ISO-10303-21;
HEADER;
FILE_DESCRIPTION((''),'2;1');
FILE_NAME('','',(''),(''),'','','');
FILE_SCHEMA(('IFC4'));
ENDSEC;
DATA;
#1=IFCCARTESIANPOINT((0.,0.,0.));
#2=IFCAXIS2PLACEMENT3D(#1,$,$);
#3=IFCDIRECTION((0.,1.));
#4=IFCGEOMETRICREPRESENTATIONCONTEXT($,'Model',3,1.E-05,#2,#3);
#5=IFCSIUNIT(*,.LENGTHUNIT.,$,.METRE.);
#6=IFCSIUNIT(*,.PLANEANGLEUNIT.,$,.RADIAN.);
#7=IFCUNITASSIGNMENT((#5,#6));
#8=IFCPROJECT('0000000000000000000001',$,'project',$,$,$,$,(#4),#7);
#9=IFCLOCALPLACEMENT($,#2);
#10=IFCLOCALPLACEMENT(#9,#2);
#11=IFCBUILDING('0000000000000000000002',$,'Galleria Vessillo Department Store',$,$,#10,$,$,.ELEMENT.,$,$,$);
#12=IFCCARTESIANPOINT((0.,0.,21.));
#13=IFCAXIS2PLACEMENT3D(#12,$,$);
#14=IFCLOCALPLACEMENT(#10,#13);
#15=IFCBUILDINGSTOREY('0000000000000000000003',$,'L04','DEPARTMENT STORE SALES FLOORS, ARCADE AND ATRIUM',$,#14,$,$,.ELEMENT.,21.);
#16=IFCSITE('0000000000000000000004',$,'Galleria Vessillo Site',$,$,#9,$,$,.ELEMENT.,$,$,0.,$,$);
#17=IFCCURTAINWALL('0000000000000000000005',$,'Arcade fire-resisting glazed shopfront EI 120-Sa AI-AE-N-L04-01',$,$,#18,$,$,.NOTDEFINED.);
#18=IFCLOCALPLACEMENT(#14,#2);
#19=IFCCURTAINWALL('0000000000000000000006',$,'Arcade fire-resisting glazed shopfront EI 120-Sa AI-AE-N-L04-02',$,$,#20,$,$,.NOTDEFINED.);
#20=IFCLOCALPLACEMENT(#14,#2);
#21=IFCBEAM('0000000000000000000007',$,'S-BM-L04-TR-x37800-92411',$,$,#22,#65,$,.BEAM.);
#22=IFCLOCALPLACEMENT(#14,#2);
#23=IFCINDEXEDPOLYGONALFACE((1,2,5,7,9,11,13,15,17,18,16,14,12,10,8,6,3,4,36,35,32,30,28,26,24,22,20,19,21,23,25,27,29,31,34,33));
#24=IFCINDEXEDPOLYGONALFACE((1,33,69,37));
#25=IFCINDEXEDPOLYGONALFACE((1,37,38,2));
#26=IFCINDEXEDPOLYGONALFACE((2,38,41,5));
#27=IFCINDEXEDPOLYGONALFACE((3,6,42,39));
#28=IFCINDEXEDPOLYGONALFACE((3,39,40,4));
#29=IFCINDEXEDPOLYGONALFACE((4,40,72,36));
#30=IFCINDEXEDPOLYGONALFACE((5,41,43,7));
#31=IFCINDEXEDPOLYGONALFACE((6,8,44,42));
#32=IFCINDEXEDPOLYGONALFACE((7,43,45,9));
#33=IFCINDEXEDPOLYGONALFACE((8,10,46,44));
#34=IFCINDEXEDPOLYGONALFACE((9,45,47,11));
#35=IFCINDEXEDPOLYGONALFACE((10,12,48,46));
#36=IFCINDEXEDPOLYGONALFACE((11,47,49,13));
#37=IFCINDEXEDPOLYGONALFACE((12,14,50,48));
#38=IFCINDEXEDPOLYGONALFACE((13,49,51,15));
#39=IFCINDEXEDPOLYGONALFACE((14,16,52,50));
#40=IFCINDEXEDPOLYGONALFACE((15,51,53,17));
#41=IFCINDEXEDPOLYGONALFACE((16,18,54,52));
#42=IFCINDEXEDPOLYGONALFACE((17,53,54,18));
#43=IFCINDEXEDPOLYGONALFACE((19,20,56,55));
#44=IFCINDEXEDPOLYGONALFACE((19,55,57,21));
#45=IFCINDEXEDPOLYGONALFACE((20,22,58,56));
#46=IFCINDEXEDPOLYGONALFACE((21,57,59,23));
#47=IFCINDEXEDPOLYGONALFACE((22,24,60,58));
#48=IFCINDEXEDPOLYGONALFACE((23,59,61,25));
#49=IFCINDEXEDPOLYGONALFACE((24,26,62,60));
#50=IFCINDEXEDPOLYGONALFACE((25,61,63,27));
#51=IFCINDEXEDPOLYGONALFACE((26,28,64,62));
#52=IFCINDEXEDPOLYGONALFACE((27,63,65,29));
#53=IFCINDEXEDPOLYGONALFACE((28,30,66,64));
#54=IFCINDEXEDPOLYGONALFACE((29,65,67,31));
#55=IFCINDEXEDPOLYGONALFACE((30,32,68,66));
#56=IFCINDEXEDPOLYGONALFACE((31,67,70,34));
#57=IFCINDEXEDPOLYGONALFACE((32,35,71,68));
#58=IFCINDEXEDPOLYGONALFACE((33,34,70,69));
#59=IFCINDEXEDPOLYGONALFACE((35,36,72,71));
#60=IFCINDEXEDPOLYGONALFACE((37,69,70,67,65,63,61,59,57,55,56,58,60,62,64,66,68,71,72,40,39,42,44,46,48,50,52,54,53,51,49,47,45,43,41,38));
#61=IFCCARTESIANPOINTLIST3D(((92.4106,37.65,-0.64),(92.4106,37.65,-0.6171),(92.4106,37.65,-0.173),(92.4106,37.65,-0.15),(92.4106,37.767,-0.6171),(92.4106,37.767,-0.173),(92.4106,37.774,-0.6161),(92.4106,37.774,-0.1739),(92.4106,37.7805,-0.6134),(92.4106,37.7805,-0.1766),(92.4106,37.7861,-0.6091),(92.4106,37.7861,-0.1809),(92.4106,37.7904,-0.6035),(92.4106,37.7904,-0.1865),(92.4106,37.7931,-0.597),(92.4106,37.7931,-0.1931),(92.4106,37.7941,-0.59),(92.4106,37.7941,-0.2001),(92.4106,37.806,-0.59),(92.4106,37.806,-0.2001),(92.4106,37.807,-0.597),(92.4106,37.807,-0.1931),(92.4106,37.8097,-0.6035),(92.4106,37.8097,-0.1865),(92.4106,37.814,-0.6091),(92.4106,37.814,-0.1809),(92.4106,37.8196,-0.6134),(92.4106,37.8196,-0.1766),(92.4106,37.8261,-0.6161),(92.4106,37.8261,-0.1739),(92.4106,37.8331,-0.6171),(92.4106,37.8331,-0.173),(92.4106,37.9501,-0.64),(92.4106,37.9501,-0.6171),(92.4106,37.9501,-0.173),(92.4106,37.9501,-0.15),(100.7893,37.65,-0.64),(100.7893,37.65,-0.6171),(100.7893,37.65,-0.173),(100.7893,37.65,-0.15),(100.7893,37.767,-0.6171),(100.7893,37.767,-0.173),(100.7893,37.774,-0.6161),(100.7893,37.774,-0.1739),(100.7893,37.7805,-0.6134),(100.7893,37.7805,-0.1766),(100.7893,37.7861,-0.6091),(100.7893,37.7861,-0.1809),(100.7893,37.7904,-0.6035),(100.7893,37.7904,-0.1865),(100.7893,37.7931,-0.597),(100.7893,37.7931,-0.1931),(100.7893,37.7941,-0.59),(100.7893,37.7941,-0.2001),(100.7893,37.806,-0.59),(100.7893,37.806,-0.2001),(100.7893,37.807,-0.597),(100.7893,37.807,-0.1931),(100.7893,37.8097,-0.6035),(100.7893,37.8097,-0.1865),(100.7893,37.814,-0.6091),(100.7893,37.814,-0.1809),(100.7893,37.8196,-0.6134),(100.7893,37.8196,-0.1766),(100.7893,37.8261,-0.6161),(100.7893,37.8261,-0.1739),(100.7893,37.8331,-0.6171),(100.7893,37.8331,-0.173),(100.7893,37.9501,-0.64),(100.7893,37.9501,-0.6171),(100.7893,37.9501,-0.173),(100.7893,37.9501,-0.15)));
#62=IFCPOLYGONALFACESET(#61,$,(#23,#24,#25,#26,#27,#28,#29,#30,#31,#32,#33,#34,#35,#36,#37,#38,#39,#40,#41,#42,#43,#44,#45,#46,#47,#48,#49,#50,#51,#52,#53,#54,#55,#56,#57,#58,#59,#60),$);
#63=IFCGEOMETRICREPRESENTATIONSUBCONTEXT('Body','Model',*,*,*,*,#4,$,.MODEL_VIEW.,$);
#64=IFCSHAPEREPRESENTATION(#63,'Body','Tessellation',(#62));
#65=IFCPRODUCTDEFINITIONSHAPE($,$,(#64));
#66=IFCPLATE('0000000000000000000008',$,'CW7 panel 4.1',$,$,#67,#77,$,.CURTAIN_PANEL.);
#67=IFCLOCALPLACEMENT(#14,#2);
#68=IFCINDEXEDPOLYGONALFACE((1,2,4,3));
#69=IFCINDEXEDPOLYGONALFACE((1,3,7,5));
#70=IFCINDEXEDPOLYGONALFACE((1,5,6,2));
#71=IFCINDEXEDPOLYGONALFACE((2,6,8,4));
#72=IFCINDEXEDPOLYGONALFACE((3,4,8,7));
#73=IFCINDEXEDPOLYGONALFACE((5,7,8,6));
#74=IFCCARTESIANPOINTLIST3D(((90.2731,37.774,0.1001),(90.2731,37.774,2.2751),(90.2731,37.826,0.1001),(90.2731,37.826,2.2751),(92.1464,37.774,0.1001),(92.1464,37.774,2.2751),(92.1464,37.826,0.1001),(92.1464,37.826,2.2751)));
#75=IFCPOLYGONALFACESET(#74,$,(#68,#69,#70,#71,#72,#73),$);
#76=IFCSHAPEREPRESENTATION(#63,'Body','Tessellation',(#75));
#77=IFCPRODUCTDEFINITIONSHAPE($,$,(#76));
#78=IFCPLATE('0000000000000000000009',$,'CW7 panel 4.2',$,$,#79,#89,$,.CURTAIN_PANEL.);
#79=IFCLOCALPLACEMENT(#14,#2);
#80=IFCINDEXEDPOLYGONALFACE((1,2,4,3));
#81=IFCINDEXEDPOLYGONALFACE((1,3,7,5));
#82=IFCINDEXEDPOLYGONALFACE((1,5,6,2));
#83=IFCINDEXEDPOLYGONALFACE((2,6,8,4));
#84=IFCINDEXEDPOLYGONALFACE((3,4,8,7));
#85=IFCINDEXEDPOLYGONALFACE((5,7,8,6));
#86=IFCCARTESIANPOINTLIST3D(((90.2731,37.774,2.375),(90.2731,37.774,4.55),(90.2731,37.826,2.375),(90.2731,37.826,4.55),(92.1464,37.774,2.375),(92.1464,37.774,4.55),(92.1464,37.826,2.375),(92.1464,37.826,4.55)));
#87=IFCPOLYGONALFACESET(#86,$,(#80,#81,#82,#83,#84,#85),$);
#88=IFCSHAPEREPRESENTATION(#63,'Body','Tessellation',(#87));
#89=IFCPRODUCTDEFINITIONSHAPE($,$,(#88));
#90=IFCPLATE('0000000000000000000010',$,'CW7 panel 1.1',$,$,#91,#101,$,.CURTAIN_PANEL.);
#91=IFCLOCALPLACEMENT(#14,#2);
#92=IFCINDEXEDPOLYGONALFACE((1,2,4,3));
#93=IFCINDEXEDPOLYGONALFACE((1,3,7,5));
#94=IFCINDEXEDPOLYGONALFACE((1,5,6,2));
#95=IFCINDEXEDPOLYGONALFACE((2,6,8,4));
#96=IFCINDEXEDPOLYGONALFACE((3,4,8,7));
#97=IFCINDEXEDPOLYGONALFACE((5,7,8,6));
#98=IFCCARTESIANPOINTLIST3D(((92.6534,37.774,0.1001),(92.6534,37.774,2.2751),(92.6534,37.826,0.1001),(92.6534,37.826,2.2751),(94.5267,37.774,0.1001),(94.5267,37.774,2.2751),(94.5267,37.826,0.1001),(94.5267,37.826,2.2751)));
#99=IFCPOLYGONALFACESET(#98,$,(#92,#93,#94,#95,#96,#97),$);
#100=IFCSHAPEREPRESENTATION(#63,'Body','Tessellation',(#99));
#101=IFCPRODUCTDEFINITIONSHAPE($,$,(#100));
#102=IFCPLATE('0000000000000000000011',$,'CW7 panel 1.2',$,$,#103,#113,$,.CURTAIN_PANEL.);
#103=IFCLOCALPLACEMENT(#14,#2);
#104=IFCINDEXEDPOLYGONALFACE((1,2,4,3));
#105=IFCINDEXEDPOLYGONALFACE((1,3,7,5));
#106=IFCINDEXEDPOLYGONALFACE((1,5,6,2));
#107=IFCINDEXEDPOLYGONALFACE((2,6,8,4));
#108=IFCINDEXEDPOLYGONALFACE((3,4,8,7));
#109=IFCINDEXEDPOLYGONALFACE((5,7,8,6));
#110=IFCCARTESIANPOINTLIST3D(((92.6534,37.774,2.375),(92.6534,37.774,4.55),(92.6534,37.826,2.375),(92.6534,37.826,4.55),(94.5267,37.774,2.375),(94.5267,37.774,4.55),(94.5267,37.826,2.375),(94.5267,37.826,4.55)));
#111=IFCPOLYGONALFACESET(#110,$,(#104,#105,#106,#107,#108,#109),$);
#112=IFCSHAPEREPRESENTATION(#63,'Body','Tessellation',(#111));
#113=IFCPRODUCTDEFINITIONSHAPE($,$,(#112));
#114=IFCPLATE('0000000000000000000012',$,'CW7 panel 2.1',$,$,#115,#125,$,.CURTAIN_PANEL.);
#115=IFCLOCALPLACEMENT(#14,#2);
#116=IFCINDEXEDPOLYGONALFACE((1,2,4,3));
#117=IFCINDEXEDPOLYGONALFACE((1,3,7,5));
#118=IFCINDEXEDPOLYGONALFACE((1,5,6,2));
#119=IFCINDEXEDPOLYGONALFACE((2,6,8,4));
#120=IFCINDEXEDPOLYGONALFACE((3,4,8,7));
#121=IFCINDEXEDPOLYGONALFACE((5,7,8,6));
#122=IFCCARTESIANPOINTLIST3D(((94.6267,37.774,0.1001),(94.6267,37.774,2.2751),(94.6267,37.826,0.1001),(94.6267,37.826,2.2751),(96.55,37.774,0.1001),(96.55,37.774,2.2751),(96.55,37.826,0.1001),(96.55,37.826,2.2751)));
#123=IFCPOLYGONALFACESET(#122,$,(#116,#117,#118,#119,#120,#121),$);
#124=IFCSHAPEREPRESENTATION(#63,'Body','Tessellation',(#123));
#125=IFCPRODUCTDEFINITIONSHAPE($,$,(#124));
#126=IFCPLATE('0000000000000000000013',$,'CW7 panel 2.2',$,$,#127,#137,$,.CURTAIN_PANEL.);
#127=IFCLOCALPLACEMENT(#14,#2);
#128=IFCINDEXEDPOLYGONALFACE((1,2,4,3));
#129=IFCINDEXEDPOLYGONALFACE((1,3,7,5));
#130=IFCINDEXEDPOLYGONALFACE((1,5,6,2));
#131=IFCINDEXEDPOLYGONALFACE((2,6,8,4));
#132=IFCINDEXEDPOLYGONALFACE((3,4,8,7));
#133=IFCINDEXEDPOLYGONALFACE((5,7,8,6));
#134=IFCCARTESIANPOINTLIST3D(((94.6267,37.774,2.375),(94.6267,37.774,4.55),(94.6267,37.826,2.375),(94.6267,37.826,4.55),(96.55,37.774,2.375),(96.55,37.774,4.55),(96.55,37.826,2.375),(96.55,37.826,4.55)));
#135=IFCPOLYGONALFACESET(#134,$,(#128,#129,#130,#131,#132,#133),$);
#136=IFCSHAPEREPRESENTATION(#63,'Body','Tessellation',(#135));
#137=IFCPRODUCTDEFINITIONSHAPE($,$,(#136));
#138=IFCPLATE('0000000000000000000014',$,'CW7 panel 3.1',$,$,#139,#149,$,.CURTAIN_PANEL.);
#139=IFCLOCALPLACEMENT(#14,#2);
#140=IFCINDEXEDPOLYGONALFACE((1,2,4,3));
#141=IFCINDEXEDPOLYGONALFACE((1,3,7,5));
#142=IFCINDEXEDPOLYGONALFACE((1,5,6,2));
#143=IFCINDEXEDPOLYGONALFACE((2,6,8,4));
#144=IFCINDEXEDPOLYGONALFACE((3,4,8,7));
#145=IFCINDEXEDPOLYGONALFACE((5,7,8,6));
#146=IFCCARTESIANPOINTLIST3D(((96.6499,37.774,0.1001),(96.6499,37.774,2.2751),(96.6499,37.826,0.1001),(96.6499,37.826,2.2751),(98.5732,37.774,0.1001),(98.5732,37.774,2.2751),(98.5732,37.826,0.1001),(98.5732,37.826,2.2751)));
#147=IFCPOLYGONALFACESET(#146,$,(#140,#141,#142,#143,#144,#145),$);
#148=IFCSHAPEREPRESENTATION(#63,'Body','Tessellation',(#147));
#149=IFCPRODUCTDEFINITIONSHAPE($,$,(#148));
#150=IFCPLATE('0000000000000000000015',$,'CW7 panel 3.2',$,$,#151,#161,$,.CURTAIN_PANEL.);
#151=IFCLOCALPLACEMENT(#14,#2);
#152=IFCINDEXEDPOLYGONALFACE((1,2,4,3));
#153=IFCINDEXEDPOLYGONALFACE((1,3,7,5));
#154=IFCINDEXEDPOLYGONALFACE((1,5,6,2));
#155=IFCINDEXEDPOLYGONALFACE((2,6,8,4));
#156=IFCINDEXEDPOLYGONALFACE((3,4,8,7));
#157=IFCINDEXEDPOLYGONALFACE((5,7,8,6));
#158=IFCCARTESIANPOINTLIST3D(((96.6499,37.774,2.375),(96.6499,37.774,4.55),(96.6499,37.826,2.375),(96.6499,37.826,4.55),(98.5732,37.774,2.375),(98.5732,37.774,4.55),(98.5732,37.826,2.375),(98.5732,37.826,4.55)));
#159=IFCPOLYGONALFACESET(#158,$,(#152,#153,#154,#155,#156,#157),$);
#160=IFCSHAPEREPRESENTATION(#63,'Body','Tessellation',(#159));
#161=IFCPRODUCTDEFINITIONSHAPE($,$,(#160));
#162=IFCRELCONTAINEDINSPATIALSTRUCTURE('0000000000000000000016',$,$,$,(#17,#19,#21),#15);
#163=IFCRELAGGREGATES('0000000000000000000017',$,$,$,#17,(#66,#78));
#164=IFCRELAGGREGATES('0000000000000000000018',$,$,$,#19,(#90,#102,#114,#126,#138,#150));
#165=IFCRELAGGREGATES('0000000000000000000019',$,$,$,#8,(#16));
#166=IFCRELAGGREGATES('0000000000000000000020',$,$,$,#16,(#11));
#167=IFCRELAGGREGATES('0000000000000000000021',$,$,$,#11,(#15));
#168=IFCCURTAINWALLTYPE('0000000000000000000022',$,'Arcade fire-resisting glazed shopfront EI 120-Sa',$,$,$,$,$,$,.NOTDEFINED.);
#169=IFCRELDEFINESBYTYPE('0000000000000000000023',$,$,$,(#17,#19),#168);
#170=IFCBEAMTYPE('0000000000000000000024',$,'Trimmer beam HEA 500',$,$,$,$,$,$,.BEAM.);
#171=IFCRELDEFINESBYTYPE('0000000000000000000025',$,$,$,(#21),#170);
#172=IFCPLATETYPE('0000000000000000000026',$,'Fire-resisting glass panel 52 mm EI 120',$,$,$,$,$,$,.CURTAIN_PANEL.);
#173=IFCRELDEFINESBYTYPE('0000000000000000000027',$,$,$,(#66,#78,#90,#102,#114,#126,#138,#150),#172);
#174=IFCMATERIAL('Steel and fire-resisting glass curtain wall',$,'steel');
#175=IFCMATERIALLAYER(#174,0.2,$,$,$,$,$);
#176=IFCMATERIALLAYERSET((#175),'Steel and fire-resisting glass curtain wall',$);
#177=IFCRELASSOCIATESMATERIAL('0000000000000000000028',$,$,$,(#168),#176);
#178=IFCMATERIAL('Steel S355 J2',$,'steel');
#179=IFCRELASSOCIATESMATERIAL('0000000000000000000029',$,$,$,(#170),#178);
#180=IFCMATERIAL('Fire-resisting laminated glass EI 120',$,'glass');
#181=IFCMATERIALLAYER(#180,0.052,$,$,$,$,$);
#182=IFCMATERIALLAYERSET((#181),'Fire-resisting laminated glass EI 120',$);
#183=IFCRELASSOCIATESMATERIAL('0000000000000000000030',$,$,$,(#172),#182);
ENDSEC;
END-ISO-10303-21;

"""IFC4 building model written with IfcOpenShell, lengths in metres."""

from ifc_helpers import new_model, si_unit, direction, frame, origin, origin_2d, place, context, subcontext, project, spatial, rectangle, i_section, extrude, material, layer, layer_set, material_profile, profile_set, type_object, element, aggregate, save


model = new_model("IFC4")

# Units and contexts
model_context = context("Model", 3, precision=1e-05, world=origin(), true_north=direction((0.0, 1.0)))
body_context = subcontext(model_context, "Body", "Model", "MODEL_VIEW")
ifc_project = project(units=[si_unit("LENGTHUNIT", "METRE"), si_unit("PLANEANGLEUNIT", "RADIAN")], contexts=[model_context])

# Site, building, storey
site_placement = place(None, origin())
site = spatial("IfcSite", under=ifc_project, at=site_placement, Name="Galleria Vessillo Site", CompositionType="ELEMENT", RefElevation=0.0)
building_placement = place(site_placement, origin())
building = spatial("IfcBuilding", under=site, at=building_placement, Name="Galleria Vessillo Department Store", CompositionType="ELEMENT")
storey_placement = place(building_placement, frame((0.0, 0.0, 21.0)))
storey = spatial("IfcBuildingStorey", under=building, at=storey_placement, Name="L04", Description="DEPARTMENT STORE SALES FLOORS, ARCADE AND ATRIUM", CompositionType="ELEMENT", Elevation=21.0)

# Curtain walls
ifc_material_1 = material(Name="Steel and fire-resisting glass curtain wall", Category="steel")
ifc_layer_1 = layer(ifc_material_1, 0.2)
ifc_layer_set_1 = layer_set([ifc_layer_1], Name="Steel and fire-resisting glass curtain wall")
curtain_wall_type = type_object("IfcCurtainWallType", Name="Arcade fire-resisting glazed shopfront EI 120-Sa", PredefinedType="NOTDEFINED", material=ifc_layer_set_1)
curtain_wall_1_placement = place(storey_placement, origin())
curtain_wall_1 = element("IfcCurtainWall", 1, at=curtain_wall_1_placement, inside=storey, type_object=curtain_wall_type, Name="Arcade fire-resisting glazed shopfront EI 120-Sa AI-AE-N-L04-01", PredefinedType="NOTDEFINED")
curtain_wall_2_placement = place(storey_placement, origin())
curtain_wall_2 = element("IfcCurtainWall", 2, at=curtain_wall_2_placement, inside=storey, type_object=curtain_wall_type, Name="Arcade fire-resisting glazed shopfront EI 120-Sa AI-AE-N-L04-02", PredefinedType="NOTDEFINED")

# Beam
ifc_material_2 = material(Name="Steel S355 J2", Category="steel")
ifc_material_profile_1 = material_profile(ifc_material_2, i_section(OverallWidth=0.3, OverallDepth=0.49, WebThickness=0.012, FlangeThickness=0.0229, FilletRadius=0.0271, at=origin_2d()), Name="HEA 500")
ifc_profile_set_1 = profile_set([ifc_material_profile_1], Name="Steel S355 J2")
beam_type_1 = type_object("IfcBeamType", Name="Trimmer beam HEA 500", PredefinedType="BEAM", material=ifc_profile_set_1)
beam_1_placement = place(storey_placement, frame((92.4106, 37.8, -0.395), z_axis=(1.0, 0.0, 0.0), x_axis=(0.0, 1.0, 0.0)))
element("IfcBeam", 3, at=beam_1_placement, inside=storey, type_object=beam_type_1, Name="S-BM-L04-TR-x37800-92411", PredefinedType="BEAM", context=body_context, shape_type="SweptSolid", body=[
    extrude(i_section(OverallWidth=0.3, OverallDepth=0.49, WebThickness=0.012, FlangeThickness=0.0229, FilletRadius=0.0271, at=origin_2d()), origin(), (0.0, 0.0, 1.0), 8.3787),
])

# Plates
ifc_material_3 = material(Name="Fire-resisting laminated glass EI 120", Category="glass")
ifc_layer_2 = layer(ifc_material_3, 0.052)
ifc_layer_set_2 = layer_set([ifc_layer_2], Name="Fire-resisting laminated glass EI 120")
plate_type = type_object("IfcPlateType", Name="Fire-resisting glass panel 52 mm EI 120", PredefinedType="CURTAIN_PANEL", material=ifc_layer_set_2)
plate_1_placement = place(storey_placement, frame((91.2097, 37.8, 0.1001), z_axis=(0.0, 0.0, 1.0), x_axis=(1.0, 0.0, 0.0)))
plate_1 = element("IfcPlate", 4, at=plate_1_placement, type_object=plate_type, Name="CW7 panel 4.1", PredefinedType="CURTAIN_PANEL", context=body_context, shape_type="SweptSolid", body=[
    extrude(rectangle(XDim=1.8733, YDim=0.052, at=origin_2d()), origin(), (0.0, 0.0, 1.0), 2.175),
])
plate_2_placement = place(storey_placement, frame((91.2097, 37.8, 2.375), z_axis=(0.0, 0.0, 1.0), x_axis=(1.0, 0.0, 0.0)))
plate_2 = element("IfcPlate", 5, at=plate_2_placement, type_object=plate_type, Name="CW7 panel 4.2", PredefinedType="CURTAIN_PANEL", context=body_context, shape_type="SweptSolid", body=[
    extrude(rectangle(XDim=1.8733, YDim=0.052, at=origin_2d()), origin(), (0.0, 0.0, 1.0), 2.175),
])
aggregate(curtain_wall_1, [plate_1, plate_2])
plate_3_placement = place(storey_placement, frame((93.5901, 37.8, 0.1001), z_axis=(0.0, 0.0, 1.0), x_axis=(1.0, 0.0, 0.0)))
plate_3 = element("IfcPlate", 6, at=plate_3_placement, type_object=plate_type, Name="CW7 panel 1.1", PredefinedType="CURTAIN_PANEL", context=body_context, shape_type="SweptSolid", body=[
    extrude(rectangle(XDim=1.8733, YDim=0.052, at=origin_2d()), origin(), (0.0, 0.0, 1.0), 2.175),
])
plate_4_placement = place(storey_placement, frame((93.5901, 37.8, 2.375), z_axis=(0.0, 0.0, 1.0), x_axis=(1.0, 0.0, 0.0)))
plate_4 = element("IfcPlate", 7, at=plate_4_placement, type_object=plate_type, Name="CW7 panel 1.2", PredefinedType="CURTAIN_PANEL", context=body_context, shape_type="SweptSolid", body=[
    extrude(rectangle(XDim=1.8733, YDim=0.052, at=origin_2d()), origin(), (0.0, 0.0, 1.0), 2.175),
])
plate_5_placement = place(storey_placement, frame((95.5884, 37.8, 0.1001), z_axis=(0.0, 0.0, 1.0), x_axis=(1.0, 0.0, 0.0)))
plate_5 = element("IfcPlate", 8, at=plate_5_placement, type_object=plate_type, Name="CW7 panel 2.1", PredefinedType="CURTAIN_PANEL", context=body_context, shape_type="SweptSolid", body=[
    extrude(rectangle(XDim=1.9233, YDim=0.052, at=origin_2d()), origin(), (0.0, 0.0, 1.0), 2.175),
])
plate_6_placement = place(storey_placement, frame((95.5884, 37.8, 2.375), z_axis=(0.0, 0.0, 1.0), x_axis=(1.0, 0.0, 0.0)))
plate_6 = element("IfcPlate", 9, at=plate_6_placement, type_object=plate_type, Name="CW7 panel 2.2", PredefinedType="CURTAIN_PANEL", context=body_context, shape_type="SweptSolid", body=[
    extrude(rectangle(XDim=1.9233, YDim=0.052, at=origin_2d()), origin(), (0.0, 0.0, 1.0), 2.175),
])
plate_7_placement = place(storey_placement, frame((97.6116, 37.8, 0.1001), z_axis=(0.0, 0.0, 1.0), x_axis=(1.0, 0.0, 0.0)))
plate_7 = element("IfcPlate", 10, at=plate_7_placement, type_object=plate_type, Name="CW7 panel 3.1", PredefinedType="CURTAIN_PANEL", context=body_context, shape_type="SweptSolid", body=[
    extrude(rectangle(XDim=1.9233, YDim=0.052, at=origin_2d()), origin(), (0.0, 0.0, 1.0), 2.175),
])
plate_8_placement = place(storey_placement, frame((97.6116, 37.8, 2.375), z_axis=(0.0, 0.0, 1.0), x_axis=(1.0, 0.0, 0.0)))
plate_8 = element("IfcPlate", 11, at=plate_8_placement, type_object=plate_type, Name="CW7 panel 3.2", PredefinedType="CURTAIN_PANEL", context=body_context, shape_type="SweptSolid", body=[
    extrude(rectangle(XDim=1.9233, YDim=0.052, at=origin_2d()), origin(), (0.0, 0.0, 1.0), 2.175),
])
aggregate(curtain_wall_2, [plate_3, plate_4, plate_5, plate_6, plate_7, plate_8])

save(model, "model.ifc")
